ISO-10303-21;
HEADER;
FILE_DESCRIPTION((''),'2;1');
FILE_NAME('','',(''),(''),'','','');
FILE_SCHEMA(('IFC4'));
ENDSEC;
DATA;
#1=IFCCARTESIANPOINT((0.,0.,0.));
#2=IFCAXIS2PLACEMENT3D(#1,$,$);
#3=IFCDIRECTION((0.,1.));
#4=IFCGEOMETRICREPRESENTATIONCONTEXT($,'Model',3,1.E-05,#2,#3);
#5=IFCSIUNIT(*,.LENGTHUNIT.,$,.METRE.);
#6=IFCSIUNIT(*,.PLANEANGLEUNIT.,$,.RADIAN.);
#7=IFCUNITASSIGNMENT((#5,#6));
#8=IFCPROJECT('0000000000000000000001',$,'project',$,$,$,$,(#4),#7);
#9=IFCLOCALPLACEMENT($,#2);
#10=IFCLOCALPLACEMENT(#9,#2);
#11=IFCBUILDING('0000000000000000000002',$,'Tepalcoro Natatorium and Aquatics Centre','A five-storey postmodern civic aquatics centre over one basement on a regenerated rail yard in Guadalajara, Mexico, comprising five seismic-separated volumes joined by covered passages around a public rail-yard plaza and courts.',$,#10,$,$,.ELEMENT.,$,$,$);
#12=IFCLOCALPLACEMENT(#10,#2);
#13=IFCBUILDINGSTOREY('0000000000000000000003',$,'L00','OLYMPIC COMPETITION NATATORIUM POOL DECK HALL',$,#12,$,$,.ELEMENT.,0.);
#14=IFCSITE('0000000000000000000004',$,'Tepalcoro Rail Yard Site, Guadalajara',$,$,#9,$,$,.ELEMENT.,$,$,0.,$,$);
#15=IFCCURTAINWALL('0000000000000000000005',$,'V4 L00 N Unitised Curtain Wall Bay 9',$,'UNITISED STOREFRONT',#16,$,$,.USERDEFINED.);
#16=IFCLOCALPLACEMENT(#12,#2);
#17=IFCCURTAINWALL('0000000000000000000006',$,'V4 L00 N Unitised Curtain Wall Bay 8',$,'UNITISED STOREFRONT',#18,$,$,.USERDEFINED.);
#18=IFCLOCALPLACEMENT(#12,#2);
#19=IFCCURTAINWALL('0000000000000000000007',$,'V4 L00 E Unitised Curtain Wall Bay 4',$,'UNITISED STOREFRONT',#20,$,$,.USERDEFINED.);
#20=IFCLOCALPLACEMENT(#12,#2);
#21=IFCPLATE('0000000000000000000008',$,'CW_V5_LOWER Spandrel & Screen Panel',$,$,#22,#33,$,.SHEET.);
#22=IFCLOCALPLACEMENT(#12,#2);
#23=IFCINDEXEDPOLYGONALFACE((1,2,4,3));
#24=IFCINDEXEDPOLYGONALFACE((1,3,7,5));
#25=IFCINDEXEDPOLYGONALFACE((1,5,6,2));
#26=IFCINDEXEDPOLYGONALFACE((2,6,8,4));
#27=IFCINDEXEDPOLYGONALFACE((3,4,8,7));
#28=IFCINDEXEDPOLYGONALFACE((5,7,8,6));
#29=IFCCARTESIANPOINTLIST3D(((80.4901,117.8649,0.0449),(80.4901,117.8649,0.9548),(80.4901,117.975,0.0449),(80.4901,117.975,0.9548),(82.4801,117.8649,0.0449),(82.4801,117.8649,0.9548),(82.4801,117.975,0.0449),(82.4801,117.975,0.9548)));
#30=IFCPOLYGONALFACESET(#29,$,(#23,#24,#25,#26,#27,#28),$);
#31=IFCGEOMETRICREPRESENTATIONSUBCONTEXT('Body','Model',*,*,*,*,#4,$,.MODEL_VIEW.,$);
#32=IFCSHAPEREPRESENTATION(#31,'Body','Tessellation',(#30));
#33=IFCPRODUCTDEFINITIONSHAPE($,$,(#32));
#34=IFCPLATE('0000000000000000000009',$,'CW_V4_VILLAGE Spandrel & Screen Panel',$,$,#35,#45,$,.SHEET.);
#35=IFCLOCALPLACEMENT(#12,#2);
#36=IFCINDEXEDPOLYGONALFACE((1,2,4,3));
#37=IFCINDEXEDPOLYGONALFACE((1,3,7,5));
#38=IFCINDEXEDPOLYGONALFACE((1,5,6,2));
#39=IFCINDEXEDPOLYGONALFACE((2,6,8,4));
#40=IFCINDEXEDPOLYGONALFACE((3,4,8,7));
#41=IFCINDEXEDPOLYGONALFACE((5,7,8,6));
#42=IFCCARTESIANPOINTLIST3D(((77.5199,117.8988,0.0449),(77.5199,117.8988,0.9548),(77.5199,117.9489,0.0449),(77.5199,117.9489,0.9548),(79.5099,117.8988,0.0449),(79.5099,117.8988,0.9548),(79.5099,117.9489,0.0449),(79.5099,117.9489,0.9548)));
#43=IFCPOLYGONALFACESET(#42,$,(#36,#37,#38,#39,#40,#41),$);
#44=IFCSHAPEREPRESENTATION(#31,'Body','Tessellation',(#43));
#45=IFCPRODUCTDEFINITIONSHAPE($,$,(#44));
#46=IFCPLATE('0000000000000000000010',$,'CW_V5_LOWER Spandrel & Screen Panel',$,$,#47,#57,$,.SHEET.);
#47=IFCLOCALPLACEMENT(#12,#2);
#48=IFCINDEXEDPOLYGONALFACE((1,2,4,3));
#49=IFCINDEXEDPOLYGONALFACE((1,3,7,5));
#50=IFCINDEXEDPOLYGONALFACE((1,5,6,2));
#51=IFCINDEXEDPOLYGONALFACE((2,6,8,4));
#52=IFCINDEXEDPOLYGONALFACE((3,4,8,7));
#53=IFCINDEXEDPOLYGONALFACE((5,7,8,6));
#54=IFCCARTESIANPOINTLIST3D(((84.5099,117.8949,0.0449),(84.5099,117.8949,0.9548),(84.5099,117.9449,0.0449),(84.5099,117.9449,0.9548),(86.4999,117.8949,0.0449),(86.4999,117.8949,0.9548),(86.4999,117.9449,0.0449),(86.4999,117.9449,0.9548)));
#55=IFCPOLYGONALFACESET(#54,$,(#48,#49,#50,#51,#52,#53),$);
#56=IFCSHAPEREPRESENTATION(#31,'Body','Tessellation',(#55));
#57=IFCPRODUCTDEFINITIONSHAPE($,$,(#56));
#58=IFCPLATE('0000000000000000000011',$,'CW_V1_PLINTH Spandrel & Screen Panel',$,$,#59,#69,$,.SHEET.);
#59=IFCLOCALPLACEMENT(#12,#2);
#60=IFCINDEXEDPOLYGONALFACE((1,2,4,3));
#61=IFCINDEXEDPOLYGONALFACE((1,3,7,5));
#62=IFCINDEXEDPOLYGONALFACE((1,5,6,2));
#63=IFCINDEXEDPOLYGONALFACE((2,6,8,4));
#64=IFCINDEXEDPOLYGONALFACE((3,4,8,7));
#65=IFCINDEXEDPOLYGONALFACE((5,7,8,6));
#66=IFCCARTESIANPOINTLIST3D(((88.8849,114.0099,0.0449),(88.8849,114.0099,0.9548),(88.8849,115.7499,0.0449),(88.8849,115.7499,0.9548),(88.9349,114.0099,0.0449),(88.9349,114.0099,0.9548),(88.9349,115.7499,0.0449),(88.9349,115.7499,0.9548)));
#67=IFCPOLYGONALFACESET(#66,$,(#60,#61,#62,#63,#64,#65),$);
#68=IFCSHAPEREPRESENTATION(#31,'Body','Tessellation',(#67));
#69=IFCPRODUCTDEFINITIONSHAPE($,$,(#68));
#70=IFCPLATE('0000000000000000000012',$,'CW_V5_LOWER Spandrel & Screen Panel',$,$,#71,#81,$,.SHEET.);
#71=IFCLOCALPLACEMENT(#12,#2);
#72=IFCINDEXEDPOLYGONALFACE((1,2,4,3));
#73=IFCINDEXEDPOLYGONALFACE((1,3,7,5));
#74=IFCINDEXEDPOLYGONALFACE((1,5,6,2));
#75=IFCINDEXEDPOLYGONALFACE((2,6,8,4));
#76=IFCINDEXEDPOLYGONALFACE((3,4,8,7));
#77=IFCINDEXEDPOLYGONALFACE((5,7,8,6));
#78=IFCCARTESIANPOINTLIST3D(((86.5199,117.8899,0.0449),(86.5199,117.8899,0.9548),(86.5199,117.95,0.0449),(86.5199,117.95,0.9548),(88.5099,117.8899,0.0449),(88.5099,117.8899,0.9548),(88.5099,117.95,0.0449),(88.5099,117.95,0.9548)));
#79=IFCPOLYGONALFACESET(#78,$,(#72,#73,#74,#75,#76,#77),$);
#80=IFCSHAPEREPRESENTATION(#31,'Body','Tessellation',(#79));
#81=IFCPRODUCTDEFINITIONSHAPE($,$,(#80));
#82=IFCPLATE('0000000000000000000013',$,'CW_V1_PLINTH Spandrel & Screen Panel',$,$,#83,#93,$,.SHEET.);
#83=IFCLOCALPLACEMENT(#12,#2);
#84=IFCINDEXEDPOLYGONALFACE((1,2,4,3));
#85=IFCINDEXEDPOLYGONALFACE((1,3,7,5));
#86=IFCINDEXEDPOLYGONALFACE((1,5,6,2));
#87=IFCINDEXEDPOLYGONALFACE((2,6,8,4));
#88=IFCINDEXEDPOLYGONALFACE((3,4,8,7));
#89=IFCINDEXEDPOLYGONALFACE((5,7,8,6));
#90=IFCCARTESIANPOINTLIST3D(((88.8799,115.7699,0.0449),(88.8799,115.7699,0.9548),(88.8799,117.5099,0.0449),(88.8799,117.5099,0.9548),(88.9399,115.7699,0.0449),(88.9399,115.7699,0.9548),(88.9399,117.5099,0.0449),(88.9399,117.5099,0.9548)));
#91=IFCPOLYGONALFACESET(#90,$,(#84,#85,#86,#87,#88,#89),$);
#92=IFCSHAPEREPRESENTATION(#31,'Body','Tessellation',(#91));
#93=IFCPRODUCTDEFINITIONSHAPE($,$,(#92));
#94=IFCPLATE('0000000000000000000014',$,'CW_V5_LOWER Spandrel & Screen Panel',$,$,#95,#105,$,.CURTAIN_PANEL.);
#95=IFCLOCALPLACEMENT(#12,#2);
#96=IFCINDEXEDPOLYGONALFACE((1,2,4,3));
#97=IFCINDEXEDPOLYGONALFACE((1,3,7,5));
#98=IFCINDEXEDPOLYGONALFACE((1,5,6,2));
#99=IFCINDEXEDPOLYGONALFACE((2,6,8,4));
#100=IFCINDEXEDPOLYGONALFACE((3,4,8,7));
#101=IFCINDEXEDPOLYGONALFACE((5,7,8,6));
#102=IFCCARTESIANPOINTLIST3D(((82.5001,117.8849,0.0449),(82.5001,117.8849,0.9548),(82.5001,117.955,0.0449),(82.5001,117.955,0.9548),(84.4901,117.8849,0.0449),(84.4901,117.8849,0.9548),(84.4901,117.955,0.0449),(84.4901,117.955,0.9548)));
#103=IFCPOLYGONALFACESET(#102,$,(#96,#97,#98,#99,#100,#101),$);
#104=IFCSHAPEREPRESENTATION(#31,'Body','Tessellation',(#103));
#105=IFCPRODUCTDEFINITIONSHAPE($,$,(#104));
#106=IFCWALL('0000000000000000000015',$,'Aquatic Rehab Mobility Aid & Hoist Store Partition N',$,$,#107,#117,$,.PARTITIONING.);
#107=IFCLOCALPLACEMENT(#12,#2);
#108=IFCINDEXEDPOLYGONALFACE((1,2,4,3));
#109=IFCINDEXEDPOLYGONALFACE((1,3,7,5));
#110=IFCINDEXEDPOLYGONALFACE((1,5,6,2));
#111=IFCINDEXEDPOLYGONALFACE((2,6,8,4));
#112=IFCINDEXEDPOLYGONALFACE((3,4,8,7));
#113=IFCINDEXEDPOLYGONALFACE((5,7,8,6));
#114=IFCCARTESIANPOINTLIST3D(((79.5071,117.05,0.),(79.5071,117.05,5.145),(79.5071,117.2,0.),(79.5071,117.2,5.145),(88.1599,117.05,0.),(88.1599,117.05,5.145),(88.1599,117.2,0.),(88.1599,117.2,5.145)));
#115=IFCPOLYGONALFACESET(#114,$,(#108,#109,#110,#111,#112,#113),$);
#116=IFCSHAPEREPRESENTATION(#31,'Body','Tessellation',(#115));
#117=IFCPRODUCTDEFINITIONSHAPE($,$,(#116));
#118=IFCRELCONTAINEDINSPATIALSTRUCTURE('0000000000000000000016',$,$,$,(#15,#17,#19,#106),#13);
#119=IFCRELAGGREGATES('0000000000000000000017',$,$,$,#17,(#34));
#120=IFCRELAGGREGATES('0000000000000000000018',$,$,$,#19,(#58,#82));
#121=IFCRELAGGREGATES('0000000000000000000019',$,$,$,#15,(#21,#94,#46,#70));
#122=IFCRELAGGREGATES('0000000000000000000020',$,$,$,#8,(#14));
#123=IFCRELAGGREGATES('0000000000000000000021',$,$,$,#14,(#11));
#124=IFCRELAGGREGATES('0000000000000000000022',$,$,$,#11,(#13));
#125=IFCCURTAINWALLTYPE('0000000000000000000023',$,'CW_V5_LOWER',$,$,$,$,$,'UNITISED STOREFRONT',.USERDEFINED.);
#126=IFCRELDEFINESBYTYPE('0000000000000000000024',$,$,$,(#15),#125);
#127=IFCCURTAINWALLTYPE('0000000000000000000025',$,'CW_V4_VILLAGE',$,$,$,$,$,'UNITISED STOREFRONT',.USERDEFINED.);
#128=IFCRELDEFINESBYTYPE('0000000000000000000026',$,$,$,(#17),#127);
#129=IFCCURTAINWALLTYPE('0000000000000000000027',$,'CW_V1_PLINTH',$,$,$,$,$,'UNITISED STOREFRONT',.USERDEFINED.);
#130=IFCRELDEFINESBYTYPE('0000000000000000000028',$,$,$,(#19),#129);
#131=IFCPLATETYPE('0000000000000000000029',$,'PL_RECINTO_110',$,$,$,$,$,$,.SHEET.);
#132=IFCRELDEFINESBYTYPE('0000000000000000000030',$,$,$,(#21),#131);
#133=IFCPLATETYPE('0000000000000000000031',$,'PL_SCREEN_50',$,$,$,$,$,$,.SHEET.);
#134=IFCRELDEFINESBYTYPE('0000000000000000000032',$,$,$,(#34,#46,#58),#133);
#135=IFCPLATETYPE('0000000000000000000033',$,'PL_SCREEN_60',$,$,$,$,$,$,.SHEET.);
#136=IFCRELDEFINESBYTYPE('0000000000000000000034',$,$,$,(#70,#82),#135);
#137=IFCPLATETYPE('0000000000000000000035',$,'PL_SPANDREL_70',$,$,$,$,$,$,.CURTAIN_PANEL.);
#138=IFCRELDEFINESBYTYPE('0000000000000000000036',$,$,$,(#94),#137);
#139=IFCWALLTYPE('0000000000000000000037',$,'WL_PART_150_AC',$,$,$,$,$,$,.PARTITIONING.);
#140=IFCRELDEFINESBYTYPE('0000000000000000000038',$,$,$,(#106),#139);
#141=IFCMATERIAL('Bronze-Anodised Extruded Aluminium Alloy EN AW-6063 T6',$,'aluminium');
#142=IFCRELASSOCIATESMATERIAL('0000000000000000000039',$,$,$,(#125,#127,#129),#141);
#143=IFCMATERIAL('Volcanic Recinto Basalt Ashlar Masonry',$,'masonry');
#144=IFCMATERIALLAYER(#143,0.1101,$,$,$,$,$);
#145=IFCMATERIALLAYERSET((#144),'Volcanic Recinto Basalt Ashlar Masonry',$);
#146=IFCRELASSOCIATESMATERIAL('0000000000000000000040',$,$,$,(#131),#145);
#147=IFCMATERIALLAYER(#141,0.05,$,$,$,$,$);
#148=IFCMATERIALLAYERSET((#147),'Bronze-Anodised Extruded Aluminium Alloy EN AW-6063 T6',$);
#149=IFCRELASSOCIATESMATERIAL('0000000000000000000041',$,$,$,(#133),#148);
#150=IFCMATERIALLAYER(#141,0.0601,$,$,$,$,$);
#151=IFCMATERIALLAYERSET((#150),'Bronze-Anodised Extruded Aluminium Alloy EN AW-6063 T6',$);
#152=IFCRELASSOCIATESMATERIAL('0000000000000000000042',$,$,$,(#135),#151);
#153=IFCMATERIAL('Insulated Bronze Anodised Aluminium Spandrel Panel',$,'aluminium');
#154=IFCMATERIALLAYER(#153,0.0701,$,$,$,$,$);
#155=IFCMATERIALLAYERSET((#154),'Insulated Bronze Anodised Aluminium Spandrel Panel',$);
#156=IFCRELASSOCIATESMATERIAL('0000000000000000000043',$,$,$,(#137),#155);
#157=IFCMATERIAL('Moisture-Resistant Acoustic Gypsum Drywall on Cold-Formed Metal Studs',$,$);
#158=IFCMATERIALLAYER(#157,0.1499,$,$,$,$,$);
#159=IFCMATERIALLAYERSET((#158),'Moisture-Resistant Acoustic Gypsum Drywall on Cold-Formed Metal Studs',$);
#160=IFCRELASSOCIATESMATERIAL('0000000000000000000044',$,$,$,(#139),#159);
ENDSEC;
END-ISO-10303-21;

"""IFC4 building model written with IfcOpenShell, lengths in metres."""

from ifc_helpers import new_model, si_unit, direction, frame, frame_2d, origin, origin_2d, place, context, subcontext, project, spatial, rectangle, extrude, material, layer, layer_set, type_object, element, aggregate, save


model = new_model("IFC4")

# Units and contexts
model_context = context("Model", 3, precision=1e-05, world=origin(), true_north=direction((0.0, 1.0)))
body_context = subcontext(model_context, "Body", "Model", "MODEL_VIEW")
ifc_project = project(units=[si_unit("LENGTHUNIT", "METRE"), si_unit("PLANEANGLEUNIT", "RADIAN")], contexts=[model_context])

# Site, building, storey
site_placement = place(None, origin())
site = spatial("IfcSite", under=ifc_project, at=site_placement, Name="Tepalcoro Rail Yard Site, Guadalajara", CompositionType="ELEMENT", RefElevation=0.0)
building_placement = place(site_placement, origin())
building = spatial("IfcBuilding", under=site, at=building_placement, Name="Tepalcoro Natatorium and Aquatics Centre", Description="A five-storey postmodern civic aquatics centre over one basement on a regenerated rail yard in Guadalajara, Mexico, comprising five seismic-separated volumes joined by covered passages around a public rail-yard plaza and courts.", CompositionType="ELEMENT")
storey_placement = place(building_placement, origin())
storey = spatial("IfcBuildingStorey", under=building, at=storey_placement, Name="L00", Description="OLYMPIC COMPETITION NATATORIUM POOL DECK HALL", CompositionType="ELEMENT", Elevation=0.0)

# Curtain wall
ifc_material_1 = material(Name="Bronze-Anodised Extruded Aluminium Alloy EN AW-6063 T6", Category="aluminium")
curtain_wall_type_1 = type_object("IfcCurtainWallType", Name="CW_V5_LOWER", ElementType="UNITISED STOREFRONT", PredefinedType="USERDEFINED", material=ifc_material_1)
curtain_wall_1_placement = place(storey_placement, origin())
curtain_wall_1 = element("IfcCurtainWall", 1, at=curtain_wall_1_placement, inside=storey, type_object=curtain_wall_type_1, Name="V4 L00 N Unitised Curtain Wall Bay 9", ObjectType="UNITISED STOREFRONT", PredefinedType="USERDEFINED")

# Curtain wall
curtain_wall_type_2 = type_object("IfcCurtainWallType", Name="CW_V4_VILLAGE", ElementType="UNITISED STOREFRONT", PredefinedType="USERDEFINED", material=ifc_material_1)
curtain_wall_2_placement = place(storey_placement, origin())
curtain_wall_2 = element("IfcCurtainWall", 2, at=curtain_wall_2_placement, inside=storey, type_object=curtain_wall_type_2, Name="V4 L00 N Unitised Curtain Wall Bay 8", ObjectType="UNITISED STOREFRONT", PredefinedType="USERDEFINED")

# Curtain wall
curtain_wall_type_3 = type_object("IfcCurtainWallType", Name="CW_V1_PLINTH", ElementType="UNITISED STOREFRONT", PredefinedType="USERDEFINED", material=ifc_material_1)
curtain_wall_3_placement = place(storey_placement, origin())
curtain_wall_3 = element("IfcCurtainWall", 3, at=curtain_wall_3_placement, inside=storey, type_object=curtain_wall_type_3, Name="V4 L00 E Unitised Curtain Wall Bay 4", ObjectType="UNITISED STOREFRONT", PredefinedType="USERDEFINED")

# Plates
ifc_material_2 = material(Name="Volcanic Recinto Basalt Ashlar Masonry", Category="masonry")
ifc_layer_1 = layer(ifc_material_2, 0.1101)
ifc_layer_set_1 = layer_set([ifc_layer_1], Name="Volcanic Recinto Basalt Ashlar Masonry")
plate_type_1 = type_object("IfcPlateType", Name="PL_RECINTO_110", PredefinedType="SHEET", material=ifc_layer_set_1)
plate_1_placement = place(storey_placement, frame((81.4851, 117.9199, 0.0449), z_axis=(0.0, 0.0, 1.0), x_axis=(1.0, 0.0, 0.0)))
plate_1 = element("IfcPlate", 4, at=plate_1_placement, type_object=plate_type_1, Name="CW_V5_LOWER Spandrel & Screen Panel", PredefinedType="SHEET", context=body_context, shape_type="SweptSolid", body=[
    extrude(rectangle(XDim=1.99, YDim=0.1101, at=origin_2d()), origin(), (0.0, 0.0, 1.0), 0.9099),
])
ifc_layer_2 = layer(ifc_material_1, 0.05)
ifc_layer_set_2 = layer_set([ifc_layer_2], Name="Bronze-Anodised Extruded Aluminium Alloy EN AW-6063 T6")
plate_type_2 = type_object("IfcPlateType", Name="PL_SCREEN_50", PredefinedType="SHEET", material=ifc_layer_set_2)
plate_2_placement = place(storey_placement, frame((78.5149, 117.9238, 0.0449), z_axis=(0.0, 0.0, 1.0), x_axis=(1.0, 0.0, 0.0)))
plate_2 = element("IfcPlate", 5, at=plate_2_placement, type_object=plate_type_2, Name="CW_V4_VILLAGE Spandrel & Screen Panel", PredefinedType="SHEET", context=body_context, shape_type="SweptSolid", body=[
    extrude(rectangle(XDim=1.99, YDim=0.05, at=origin_2d()), origin(), (0.0, 0.0, 1.0), 0.9099),
])
aggregate(curtain_wall_2, [plate_2])
plate_3_placement = place(storey_placement, frame((85.5049, 117.9199, 0.0449), z_axis=(0.0, 0.0, 1.0), x_axis=(1.0, 0.0, 0.0)))
plate_3 = element("IfcPlate", 6, at=plate_3_placement, type_object=plate_type_2, Name="CW_V5_LOWER Spandrel & Screen Panel", PredefinedType="SHEET", context=body_context, shape_type="SweptSolid", body=[
    extrude(rectangle(XDim=1.99, YDim=0.05, at=origin_2d()), origin(), (0.0, 0.0, 1.0), 0.9099),
])
plate_4_placement = place(storey_placement, frame((88.9099, 114.8799, 0.0449), z_axis=(0.0, 0.0, 1.0), x_axis=(1.0, 0.0, 0.0)))
plate_4 = element("IfcPlate", 7, at=plate_4_placement, type_object=plate_type_2, Name="CW_V1_PLINTH Spandrel & Screen Panel", PredefinedType="SHEET", context=body_context, shape_type="SweptSolid", body=[
    extrude(rectangle(XDim=0.05, YDim=1.74, at=origin_2d()), origin(), (0.0, 0.0, 1.0), 0.9099),
])
ifc_layer_3 = layer(ifc_material_1, 0.0601)
ifc_layer_set_3 = layer_set([ifc_layer_3], Name="Bronze-Anodised Extruded Aluminium Alloy EN AW-6063 T6")
plate_type_3 = type_object("IfcPlateType", Name="PL_SCREEN_60", PredefinedType="SHEET", material=ifc_layer_set_3)
plate_5_placement = place(storey_placement, frame((87.5149, 117.9199, 0.0449), z_axis=(0.0, 0.0, 1.0), x_axis=(1.0, 0.0, 0.0)))
plate_5 = element("IfcPlate", 8, at=plate_5_placement, type_object=plate_type_3, Name="CW_V5_LOWER Spandrel & Screen Panel", PredefinedType="SHEET", context=body_context, shape_type="SweptSolid", body=[
    extrude(rectangle(XDim=1.99, YDim=0.0601, at=origin_2d()), origin(), (0.0, 0.0, 1.0), 0.9099),
])
plate_6_placement = place(storey_placement, frame((88.9099, 116.6399, 0.0449), z_axis=(0.0, 0.0, 1.0), x_axis=(1.0, 0.0, 0.0)))
plate_6 = element("IfcPlate", 9, at=plate_6_placement, type_object=plate_type_3, Name="CW_V1_PLINTH Spandrel & Screen Panel", PredefinedType="SHEET", context=body_context, shape_type="SweptSolid", body=[
    extrude(rectangle(XDim=0.0601, YDim=1.74, at=origin_2d()), origin(), (0.0, 0.0, 1.0), 0.9099),
])
aggregate(curtain_wall_3, [plate_4, plate_6])
ifc_material_3 = material(Name="Insulated Bronze Anodised Aluminium Spandrel Panel", Category="aluminium")
ifc_layer_4 = layer(ifc_material_3, 0.0701)
ifc_layer_set_4 = layer_set([ifc_layer_4], Name="Insulated Bronze Anodised Aluminium Spandrel Panel")
plate_type_4 = type_object("IfcPlateType", Name="PL_SPANDREL_70", PredefinedType="CURTAIN_PANEL", material=ifc_layer_set_4)
plate_7_placement = place(storey_placement, frame((83.4951, 117.9199, 0.0449), z_axis=(0.0, 0.0, 1.0), x_axis=(1.0, 0.0, 0.0)))
plate_7 = element("IfcPlate", 10, at=plate_7_placement, type_object=plate_type_4, Name="CW_V5_LOWER Spandrel & Screen Panel", PredefinedType="CURTAIN_PANEL", context=body_context, shape_type="SweptSolid", body=[
    extrude(rectangle(XDim=1.99, YDim=0.0701, at=origin_2d()), origin(), (0.0, 0.0, 1.0), 0.9099),
])
aggregate(curtain_wall_1, [plate_1, plate_7, plate_3, plate_5])

# Wall
ifc_material_4 = material(Name="Moisture-Resistant Acoustic Gypsum Drywall on Cold-Formed Metal Studs")
ifc_layer_5 = layer(ifc_material_4, 0.1499)
ifc_layer_set_5 = layer_set([ifc_layer_5], Name="Moisture-Resistant Acoustic Gypsum Drywall on Cold-Formed Metal Studs")
wall_type = type_object("IfcWallType", Name="WL_PART_150_AC", PredefinedType="PARTITIONING", material=ifc_layer_set_5)
wall_placement = place(storey_placement, frame((79.5071, 117.125, 0.0), z_axis=(0.0, 0.0, 1.0), x_axis=(1.0, 0.0, 0.0)))
element("IfcWall", 11, at=wall_placement, inside=storey, type_object=wall_type, Name="Aquatic Rehab Mobility Aid & Hoist Store Partition N", PredefinedType="PARTITIONING", context=body_context, shape_type="SweptSolid", body=[
    extrude(rectangle(XDim=8.6528, YDim=0.1499, at=frame_2d((4.3264, 0.0))), origin(), (0.0, 0.0, 1.0), 5.145),
])

save(model, "model.ifc")
